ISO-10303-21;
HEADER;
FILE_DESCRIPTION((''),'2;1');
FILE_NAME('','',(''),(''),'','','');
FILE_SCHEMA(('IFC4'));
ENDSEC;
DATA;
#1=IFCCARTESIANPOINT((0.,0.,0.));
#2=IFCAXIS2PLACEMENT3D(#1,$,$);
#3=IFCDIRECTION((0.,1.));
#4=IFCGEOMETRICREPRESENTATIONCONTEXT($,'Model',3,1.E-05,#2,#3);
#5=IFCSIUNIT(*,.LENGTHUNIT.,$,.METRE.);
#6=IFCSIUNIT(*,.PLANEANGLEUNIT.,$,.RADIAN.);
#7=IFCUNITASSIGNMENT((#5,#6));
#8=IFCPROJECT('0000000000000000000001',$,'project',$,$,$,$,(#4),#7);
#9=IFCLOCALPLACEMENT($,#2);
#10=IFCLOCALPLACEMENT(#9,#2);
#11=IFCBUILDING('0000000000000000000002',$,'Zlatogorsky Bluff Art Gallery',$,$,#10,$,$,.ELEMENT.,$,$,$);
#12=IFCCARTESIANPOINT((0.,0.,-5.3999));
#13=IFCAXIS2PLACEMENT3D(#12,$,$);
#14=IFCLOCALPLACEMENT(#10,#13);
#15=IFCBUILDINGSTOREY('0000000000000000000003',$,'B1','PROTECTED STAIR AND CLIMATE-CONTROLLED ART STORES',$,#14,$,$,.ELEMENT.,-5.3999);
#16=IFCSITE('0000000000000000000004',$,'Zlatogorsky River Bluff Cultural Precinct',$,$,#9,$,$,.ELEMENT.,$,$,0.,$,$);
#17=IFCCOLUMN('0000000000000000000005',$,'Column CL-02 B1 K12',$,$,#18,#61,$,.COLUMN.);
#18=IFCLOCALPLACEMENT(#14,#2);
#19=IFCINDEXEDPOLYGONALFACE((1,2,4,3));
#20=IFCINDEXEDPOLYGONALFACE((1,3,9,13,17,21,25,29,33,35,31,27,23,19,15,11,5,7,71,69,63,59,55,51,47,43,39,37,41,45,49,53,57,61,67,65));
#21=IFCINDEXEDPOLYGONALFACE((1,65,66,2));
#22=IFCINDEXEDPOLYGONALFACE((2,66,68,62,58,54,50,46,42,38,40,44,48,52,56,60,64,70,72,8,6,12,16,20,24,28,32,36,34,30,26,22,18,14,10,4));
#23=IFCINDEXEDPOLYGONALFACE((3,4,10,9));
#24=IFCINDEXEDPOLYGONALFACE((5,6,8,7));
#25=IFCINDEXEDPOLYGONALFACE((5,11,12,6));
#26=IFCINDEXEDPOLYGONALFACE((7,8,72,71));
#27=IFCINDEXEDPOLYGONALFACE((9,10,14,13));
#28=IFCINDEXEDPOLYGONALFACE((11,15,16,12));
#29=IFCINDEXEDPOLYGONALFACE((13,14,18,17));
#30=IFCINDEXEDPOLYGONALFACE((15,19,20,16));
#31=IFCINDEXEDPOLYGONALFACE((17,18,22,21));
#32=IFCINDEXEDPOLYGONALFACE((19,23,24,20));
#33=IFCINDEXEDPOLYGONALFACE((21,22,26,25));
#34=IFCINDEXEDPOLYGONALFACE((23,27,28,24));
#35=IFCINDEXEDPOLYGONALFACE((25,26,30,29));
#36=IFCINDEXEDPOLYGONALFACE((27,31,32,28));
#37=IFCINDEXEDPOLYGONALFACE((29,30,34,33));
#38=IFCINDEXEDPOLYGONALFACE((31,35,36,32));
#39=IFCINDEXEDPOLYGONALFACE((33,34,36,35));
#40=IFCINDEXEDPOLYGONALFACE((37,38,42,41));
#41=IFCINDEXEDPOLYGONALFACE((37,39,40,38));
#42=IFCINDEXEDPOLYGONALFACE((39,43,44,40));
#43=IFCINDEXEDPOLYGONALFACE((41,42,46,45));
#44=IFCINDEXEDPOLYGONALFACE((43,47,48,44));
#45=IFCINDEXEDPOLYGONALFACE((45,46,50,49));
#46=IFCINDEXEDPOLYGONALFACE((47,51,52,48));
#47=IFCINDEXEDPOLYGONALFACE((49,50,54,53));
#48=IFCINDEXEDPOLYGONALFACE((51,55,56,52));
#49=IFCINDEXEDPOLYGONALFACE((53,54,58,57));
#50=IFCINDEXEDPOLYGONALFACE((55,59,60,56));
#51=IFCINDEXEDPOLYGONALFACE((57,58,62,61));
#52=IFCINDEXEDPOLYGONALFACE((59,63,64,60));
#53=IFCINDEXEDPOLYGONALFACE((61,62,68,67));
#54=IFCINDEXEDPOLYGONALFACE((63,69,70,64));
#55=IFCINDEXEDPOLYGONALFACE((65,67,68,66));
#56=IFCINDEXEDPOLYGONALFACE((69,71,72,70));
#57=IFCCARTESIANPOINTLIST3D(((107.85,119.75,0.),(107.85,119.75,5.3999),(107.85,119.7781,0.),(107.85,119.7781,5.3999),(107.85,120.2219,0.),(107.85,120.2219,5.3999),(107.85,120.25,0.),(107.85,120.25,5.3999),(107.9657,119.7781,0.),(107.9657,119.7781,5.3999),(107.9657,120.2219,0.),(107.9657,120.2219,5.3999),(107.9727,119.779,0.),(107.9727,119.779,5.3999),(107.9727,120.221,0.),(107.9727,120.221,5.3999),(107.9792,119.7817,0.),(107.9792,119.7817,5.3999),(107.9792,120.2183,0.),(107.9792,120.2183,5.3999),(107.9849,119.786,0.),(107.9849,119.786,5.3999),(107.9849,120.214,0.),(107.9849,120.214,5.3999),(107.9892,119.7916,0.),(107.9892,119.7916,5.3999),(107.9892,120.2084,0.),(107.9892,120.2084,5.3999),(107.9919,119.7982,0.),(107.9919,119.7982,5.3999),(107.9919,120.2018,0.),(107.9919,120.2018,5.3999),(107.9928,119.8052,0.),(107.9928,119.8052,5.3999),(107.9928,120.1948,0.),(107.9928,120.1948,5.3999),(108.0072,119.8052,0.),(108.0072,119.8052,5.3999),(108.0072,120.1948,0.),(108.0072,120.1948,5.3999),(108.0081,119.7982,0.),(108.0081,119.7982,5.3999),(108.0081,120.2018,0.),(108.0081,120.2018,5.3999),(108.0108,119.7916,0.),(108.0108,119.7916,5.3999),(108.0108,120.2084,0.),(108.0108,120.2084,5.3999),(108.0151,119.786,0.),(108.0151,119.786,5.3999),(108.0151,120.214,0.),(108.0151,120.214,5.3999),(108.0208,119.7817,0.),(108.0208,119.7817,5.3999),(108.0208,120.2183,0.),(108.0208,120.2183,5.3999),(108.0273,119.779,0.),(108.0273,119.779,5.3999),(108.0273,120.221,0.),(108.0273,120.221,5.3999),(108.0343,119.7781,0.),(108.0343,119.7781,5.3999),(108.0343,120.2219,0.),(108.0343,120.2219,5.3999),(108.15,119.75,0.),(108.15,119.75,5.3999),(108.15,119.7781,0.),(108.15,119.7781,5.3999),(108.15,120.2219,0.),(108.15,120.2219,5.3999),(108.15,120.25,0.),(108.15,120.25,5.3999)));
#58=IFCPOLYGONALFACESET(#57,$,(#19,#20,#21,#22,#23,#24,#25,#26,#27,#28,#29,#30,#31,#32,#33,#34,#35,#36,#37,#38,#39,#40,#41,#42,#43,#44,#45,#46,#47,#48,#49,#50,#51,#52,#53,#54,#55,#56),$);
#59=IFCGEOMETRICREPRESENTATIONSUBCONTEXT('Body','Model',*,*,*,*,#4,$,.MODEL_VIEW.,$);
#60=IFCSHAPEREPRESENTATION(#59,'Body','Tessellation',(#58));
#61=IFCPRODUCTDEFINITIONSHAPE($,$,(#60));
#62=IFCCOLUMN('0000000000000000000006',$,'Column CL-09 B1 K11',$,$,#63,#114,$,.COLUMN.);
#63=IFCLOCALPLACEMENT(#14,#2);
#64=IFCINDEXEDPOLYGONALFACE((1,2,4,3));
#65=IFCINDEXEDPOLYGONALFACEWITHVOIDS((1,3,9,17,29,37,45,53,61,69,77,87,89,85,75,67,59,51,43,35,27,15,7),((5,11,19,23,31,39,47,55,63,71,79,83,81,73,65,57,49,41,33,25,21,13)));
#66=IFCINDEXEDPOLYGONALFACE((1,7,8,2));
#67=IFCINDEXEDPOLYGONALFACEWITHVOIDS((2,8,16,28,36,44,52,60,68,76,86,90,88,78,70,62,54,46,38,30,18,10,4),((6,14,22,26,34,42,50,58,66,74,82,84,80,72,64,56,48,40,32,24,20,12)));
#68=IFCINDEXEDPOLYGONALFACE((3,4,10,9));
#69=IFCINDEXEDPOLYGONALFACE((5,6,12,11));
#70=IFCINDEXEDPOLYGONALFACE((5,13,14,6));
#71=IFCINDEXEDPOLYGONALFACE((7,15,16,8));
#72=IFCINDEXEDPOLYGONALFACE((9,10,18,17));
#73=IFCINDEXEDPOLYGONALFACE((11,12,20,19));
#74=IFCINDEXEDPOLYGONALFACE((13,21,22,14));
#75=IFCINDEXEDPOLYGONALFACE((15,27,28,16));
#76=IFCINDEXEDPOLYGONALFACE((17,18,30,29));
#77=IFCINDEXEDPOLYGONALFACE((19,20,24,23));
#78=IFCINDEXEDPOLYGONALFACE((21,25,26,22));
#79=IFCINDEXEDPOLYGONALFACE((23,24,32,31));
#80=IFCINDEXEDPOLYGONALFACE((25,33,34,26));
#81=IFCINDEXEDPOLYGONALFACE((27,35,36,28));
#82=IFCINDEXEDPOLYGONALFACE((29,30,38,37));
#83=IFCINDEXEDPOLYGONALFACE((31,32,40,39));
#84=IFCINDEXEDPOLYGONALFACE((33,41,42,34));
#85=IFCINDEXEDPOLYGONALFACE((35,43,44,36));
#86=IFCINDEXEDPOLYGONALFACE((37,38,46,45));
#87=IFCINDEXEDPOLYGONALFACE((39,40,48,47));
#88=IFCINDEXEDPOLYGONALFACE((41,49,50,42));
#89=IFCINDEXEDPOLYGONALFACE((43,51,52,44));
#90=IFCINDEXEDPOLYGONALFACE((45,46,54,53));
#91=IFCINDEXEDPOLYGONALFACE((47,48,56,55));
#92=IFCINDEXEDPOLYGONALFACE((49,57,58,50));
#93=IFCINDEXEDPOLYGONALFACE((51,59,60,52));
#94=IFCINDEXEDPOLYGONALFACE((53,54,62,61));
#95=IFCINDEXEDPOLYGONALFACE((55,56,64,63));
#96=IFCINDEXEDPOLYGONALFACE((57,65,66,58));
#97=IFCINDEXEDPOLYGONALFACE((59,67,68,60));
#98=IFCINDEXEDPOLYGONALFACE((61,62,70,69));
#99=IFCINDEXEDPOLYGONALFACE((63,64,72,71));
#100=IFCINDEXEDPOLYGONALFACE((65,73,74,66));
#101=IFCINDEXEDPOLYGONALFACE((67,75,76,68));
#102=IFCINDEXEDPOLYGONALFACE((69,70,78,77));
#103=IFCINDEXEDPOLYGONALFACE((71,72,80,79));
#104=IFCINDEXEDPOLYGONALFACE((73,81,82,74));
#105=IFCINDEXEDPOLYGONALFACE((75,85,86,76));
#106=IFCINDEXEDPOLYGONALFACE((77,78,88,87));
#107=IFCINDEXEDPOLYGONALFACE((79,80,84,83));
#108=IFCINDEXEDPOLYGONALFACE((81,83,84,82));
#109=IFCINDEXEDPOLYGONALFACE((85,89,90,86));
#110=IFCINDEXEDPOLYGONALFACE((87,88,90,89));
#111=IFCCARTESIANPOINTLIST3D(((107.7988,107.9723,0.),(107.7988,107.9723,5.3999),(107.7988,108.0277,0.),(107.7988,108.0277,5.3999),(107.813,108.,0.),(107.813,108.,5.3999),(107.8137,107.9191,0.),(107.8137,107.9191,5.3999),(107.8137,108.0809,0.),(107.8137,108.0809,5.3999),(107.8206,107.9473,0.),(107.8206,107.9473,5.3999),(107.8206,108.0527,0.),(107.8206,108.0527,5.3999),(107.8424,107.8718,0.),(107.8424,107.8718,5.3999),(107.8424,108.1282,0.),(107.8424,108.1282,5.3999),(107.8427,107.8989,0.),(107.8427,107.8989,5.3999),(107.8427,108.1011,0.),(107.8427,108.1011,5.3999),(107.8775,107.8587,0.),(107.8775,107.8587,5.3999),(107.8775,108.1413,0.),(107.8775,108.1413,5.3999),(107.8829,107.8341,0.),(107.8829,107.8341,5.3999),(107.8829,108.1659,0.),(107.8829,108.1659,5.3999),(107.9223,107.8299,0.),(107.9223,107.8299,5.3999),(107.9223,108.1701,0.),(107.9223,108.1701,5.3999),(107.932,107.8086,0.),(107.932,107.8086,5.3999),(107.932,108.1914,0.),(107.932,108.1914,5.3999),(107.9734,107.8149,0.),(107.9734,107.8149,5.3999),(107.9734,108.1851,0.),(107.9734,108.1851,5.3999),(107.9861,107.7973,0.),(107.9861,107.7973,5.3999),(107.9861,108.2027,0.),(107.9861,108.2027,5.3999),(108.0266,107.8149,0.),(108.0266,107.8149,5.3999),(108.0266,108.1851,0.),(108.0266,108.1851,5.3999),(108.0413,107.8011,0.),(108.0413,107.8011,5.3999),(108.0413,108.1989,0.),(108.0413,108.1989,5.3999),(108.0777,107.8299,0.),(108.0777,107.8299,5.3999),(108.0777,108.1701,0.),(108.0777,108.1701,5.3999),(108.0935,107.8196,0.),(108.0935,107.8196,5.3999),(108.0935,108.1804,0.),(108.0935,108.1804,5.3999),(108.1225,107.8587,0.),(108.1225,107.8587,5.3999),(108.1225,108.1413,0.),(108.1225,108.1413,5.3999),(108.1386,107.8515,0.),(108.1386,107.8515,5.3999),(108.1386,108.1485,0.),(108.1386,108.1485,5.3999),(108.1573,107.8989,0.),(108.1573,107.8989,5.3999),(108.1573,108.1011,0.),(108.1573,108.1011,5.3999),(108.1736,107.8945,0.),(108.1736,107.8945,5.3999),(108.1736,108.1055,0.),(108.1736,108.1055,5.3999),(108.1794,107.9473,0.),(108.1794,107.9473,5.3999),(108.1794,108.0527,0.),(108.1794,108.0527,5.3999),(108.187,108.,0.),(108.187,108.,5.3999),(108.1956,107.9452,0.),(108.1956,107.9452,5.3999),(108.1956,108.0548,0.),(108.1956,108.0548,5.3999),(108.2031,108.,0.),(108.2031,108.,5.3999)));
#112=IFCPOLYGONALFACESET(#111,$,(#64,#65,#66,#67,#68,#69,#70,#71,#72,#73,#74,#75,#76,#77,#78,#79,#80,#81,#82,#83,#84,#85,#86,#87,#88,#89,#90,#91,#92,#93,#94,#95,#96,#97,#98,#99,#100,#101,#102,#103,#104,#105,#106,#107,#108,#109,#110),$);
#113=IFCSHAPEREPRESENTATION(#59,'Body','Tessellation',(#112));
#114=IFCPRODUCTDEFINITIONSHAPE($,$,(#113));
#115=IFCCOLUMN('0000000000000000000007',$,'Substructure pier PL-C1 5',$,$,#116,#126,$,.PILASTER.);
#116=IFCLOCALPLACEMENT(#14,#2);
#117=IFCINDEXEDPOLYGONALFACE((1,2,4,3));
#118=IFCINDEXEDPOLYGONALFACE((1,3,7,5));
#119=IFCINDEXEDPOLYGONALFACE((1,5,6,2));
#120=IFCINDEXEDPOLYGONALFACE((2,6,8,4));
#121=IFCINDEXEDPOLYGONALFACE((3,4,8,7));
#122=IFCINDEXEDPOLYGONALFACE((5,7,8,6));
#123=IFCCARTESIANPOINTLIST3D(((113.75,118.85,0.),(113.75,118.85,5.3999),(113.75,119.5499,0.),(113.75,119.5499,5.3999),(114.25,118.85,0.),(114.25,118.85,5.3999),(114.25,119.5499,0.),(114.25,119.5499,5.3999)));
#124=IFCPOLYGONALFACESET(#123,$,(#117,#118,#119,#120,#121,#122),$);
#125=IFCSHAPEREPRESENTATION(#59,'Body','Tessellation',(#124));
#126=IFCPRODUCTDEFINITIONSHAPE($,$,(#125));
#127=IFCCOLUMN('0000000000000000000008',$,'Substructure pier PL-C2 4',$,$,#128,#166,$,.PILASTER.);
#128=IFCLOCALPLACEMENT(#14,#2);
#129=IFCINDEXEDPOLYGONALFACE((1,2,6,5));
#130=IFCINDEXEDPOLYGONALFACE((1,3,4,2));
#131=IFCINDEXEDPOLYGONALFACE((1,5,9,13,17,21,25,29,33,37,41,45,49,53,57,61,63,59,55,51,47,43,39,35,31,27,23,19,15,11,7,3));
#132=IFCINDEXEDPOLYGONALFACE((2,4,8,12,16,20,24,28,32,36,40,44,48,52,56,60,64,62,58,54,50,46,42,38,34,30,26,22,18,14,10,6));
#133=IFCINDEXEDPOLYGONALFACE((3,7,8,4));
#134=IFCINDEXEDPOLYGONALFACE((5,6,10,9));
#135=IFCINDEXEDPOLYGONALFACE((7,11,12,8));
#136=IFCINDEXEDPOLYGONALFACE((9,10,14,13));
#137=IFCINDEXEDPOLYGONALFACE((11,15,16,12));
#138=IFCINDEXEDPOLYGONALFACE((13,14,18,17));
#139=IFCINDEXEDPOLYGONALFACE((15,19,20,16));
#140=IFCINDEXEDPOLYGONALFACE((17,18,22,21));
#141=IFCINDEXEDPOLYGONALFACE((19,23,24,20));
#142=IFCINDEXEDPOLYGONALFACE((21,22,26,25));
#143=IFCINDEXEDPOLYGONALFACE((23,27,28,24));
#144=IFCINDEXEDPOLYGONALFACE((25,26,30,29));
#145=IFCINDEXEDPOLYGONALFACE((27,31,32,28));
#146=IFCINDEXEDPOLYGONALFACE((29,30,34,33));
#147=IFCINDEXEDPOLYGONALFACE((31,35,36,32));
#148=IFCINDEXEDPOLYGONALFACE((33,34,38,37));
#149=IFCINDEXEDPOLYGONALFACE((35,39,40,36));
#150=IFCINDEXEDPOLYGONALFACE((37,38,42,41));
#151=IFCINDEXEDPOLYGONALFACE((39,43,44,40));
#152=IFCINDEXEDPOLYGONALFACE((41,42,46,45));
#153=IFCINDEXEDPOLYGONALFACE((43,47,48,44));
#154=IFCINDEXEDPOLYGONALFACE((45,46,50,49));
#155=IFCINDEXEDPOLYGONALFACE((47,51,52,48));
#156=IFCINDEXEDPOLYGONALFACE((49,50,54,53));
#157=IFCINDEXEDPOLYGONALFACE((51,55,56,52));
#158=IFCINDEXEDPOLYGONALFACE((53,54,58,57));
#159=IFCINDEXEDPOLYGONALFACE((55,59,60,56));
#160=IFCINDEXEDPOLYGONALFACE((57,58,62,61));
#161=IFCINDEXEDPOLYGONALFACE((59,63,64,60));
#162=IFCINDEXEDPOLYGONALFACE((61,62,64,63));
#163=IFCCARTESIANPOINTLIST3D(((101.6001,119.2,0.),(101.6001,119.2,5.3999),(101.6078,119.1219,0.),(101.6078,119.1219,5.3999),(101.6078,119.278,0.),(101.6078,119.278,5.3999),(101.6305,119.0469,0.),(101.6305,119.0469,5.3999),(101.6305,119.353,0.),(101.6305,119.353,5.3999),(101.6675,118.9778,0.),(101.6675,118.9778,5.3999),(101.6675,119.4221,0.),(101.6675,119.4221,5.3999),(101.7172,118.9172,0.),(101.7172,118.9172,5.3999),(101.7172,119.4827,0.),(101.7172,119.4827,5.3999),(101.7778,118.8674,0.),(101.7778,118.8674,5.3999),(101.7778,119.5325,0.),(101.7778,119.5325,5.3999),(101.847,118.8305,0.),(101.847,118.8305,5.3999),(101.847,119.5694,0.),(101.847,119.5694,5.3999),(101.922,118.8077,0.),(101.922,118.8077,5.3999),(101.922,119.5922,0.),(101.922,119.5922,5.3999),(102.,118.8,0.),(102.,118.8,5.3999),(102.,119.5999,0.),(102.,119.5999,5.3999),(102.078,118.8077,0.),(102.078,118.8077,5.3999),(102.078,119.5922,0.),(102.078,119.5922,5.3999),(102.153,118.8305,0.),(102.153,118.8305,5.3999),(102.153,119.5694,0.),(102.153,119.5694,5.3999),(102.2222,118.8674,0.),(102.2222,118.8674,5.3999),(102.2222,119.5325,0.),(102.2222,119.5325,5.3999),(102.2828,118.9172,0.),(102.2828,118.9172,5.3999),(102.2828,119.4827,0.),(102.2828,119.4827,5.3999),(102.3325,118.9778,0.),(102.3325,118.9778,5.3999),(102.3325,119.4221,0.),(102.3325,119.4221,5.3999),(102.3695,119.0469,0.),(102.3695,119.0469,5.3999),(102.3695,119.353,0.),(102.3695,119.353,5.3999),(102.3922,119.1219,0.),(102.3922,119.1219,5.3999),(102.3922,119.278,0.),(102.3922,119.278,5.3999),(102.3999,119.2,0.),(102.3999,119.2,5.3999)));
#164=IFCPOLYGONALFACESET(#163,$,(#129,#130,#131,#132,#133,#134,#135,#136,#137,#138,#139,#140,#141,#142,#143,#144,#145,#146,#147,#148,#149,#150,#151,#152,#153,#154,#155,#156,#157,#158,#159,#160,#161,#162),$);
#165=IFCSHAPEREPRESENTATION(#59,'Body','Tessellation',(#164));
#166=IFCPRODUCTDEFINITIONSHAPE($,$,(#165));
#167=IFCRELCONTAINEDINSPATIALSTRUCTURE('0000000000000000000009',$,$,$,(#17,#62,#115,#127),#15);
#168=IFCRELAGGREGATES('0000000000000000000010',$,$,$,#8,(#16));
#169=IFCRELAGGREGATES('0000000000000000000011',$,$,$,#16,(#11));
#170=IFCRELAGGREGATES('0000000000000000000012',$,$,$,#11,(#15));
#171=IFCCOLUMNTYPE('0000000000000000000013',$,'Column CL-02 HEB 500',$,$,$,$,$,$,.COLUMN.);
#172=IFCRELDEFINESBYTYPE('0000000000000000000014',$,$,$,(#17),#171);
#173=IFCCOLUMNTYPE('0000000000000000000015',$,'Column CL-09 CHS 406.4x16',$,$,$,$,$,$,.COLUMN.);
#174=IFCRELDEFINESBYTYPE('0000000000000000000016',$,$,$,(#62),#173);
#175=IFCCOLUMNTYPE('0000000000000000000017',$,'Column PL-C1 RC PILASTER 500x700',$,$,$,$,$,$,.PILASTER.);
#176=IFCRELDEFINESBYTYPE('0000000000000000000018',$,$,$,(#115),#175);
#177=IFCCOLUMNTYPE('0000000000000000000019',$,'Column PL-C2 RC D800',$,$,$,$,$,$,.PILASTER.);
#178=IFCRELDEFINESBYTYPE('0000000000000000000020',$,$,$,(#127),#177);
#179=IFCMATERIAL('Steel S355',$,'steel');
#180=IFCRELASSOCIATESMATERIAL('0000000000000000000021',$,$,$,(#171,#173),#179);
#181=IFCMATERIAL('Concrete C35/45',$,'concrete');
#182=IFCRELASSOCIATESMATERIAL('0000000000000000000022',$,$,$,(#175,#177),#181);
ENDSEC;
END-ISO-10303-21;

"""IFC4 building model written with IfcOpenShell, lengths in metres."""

from ifc_helpers import new_model, si_unit, direction, frame, origin, origin_2d, place, context, subcontext, project, spatial, rectangle, circle, hollow_circle, i_section, extrude, material, material_profile, profile_set, type_object, element, save


model = new_model("IFC4")

# Units and contexts
model_context = context("Model", 3, precision=1e-05, world=origin(), true_north=direction((0.0, 1.0)))
body_context = subcontext(model_context, "Body", "Model", "MODEL_VIEW")
ifc_project = project(units=[si_unit("LENGTHUNIT", "METRE"), si_unit("PLANEANGLEUNIT", "RADIAN")], contexts=[model_context])

# Site, building, storey
site_placement = place(None, origin())
site = spatial("IfcSite", under=ifc_project, at=site_placement, Name="Zlatogorsky River Bluff Cultural Precinct", CompositionType="ELEMENT", RefElevation=0.0)
building_placement = place(site_placement, origin())
building = spatial("IfcBuilding", under=site, at=building_placement, Name="Zlatogorsky Bluff Art Gallery", CompositionType="ELEMENT")
storey_placement = place(building_placement, frame((0.0, 0.0, -5.3999)))
storey = spatial("IfcBuildingStorey", under=building, at=storey_placement, Name="B1", Description="PROTECTED STAIR AND CLIMATE-CONTROLLED ART STORES", CompositionType="ELEMENT", Elevation=-5.3999)

# Shared definitions
ifc_material_1 = material(Name="Concrete C35/45", Category="concrete")

# Columns
ifc_material_2 = material(Name="Steel S355", Category="steel")
ifc_material_profile_1 = material_profile(ifc_material_2, i_section(OverallWidth=0.3, OverallDepth=0.5, WebThickness=0.0144, FlangeThickness=0.0281, FilletRadius=0.0271, at=origin_2d()), Name="HEB 500")
ifc_profile_set_1 = profile_set([ifc_material_profile_1], Name="Steel S355")
column_type_1 = type_object("IfcColumnType", Name="Column CL-02 HEB 500", PredefinedType="COLUMN", material=ifc_profile_set_1)
column_1_placement = place(storey_placement, frame((108.0, 120.0, 0.0), z_axis=(0.0, 0.0, 1.0), x_axis=(1.0, 0.0, 0.0)))
element("IfcColumn", 1, at=column_1_placement, inside=storey, type_object=column_type_1, Name="Column CL-02 B1 K12", PredefinedType="COLUMN", context=body_context, shape_type="SweptSolid", body=[
    extrude(i_section(OverallWidth=0.3, OverallDepth=0.5, WebThickness=0.0144, FlangeThickness=0.0281, FilletRadius=0.0271, at=origin_2d()), origin(), (0.0, 0.0, 1.0), 5.3999),
])
ifc_material_profile_2 = material_profile(ifc_material_2, hollow_circle(Radius=0.2031, WallThickness=0.0161, at=origin_2d()), Name="CHS 406.4x16")
ifc_profile_set_2 = profile_set([ifc_material_profile_2], Name="Steel S355")
column_type_2 = type_object("IfcColumnType", Name="Column CL-09 CHS 406.4x16", PredefinedType="COLUMN", material=ifc_profile_set_2)
column_2_placement = place(storey_placement, frame((108.0, 108.0, 0.0), z_axis=(0.0, 0.0, 1.0), x_axis=(1.0, 0.0, 0.0)))
element("IfcColumn", 2, at=column_2_placement, inside=storey, type_object=column_type_2, Name="Column CL-09 B1 K11", PredefinedType="COLUMN", context=body_context, shape_type="SweptSolid", body=[
    extrude(hollow_circle(Radius=0.2031, WallThickness=0.0161, at=origin_2d()), origin(), (0.0, 0.0, 1.0), 5.3999),
])
ifc_material_profile_3 = material_profile(ifc_material_1, rectangle(XDim=0.5, YDim=0.7, at=origin_2d()), Name="RC PILASTER 500x700")
ifc_profile_set_3 = profile_set([ifc_material_profile_3], Name="Concrete C35/45")
column_type_3 = type_object("IfcColumnType", Name="Column PL-C1 RC PILASTER 500x700", PredefinedType="PILASTER", material=ifc_profile_set_3)
column_3_placement = place(storey_placement, frame((114.0, 119.2, 0.0), z_axis=(0.0, 0.0, 1.0), x_axis=(1.0, 0.0, 0.0)))
element("IfcColumn", 3, at=column_3_placement, inside=storey, type_object=column_type_3, Name="Substructure pier PL-C1 5", PredefinedType="PILASTER", context=body_context, shape_type="SweptSolid", body=[
    extrude(rectangle(XDim=0.5, YDim=0.7, at=origin_2d()), origin(), (0.0, 0.0, 1.0), 5.3999),
])
ifc_material_profile_4 = material_profile(ifc_material_1, circle(Radius=0.3999, at=origin_2d()), Name="RC D800")
ifc_profile_set_4 = profile_set([ifc_material_profile_4], Name="Concrete C35/45")
column_type_4 = type_object("IfcColumnType", Name="Column PL-C2 RC D800", PredefinedType="PILASTER", material=ifc_profile_set_4)
column_4_placement = place(storey_placement, frame((102.0, 119.2, 0.0), z_axis=(0.0, 0.0, 1.0), x_axis=(1.0, 0.0, 0.0)))
element("IfcColumn", 4, at=column_4_placement, inside=storey, type_object=column_type_4, Name="Substructure pier PL-C2 4", PredefinedType="PILASTER", context=body_context, shape_type="SweptSolid", body=[
    extrude(circle(Radius=0.3999, at=origin_2d()), origin(), (0.0, 0.0, 1.0), 5.3999),
])

save(model, "model.ifc")
